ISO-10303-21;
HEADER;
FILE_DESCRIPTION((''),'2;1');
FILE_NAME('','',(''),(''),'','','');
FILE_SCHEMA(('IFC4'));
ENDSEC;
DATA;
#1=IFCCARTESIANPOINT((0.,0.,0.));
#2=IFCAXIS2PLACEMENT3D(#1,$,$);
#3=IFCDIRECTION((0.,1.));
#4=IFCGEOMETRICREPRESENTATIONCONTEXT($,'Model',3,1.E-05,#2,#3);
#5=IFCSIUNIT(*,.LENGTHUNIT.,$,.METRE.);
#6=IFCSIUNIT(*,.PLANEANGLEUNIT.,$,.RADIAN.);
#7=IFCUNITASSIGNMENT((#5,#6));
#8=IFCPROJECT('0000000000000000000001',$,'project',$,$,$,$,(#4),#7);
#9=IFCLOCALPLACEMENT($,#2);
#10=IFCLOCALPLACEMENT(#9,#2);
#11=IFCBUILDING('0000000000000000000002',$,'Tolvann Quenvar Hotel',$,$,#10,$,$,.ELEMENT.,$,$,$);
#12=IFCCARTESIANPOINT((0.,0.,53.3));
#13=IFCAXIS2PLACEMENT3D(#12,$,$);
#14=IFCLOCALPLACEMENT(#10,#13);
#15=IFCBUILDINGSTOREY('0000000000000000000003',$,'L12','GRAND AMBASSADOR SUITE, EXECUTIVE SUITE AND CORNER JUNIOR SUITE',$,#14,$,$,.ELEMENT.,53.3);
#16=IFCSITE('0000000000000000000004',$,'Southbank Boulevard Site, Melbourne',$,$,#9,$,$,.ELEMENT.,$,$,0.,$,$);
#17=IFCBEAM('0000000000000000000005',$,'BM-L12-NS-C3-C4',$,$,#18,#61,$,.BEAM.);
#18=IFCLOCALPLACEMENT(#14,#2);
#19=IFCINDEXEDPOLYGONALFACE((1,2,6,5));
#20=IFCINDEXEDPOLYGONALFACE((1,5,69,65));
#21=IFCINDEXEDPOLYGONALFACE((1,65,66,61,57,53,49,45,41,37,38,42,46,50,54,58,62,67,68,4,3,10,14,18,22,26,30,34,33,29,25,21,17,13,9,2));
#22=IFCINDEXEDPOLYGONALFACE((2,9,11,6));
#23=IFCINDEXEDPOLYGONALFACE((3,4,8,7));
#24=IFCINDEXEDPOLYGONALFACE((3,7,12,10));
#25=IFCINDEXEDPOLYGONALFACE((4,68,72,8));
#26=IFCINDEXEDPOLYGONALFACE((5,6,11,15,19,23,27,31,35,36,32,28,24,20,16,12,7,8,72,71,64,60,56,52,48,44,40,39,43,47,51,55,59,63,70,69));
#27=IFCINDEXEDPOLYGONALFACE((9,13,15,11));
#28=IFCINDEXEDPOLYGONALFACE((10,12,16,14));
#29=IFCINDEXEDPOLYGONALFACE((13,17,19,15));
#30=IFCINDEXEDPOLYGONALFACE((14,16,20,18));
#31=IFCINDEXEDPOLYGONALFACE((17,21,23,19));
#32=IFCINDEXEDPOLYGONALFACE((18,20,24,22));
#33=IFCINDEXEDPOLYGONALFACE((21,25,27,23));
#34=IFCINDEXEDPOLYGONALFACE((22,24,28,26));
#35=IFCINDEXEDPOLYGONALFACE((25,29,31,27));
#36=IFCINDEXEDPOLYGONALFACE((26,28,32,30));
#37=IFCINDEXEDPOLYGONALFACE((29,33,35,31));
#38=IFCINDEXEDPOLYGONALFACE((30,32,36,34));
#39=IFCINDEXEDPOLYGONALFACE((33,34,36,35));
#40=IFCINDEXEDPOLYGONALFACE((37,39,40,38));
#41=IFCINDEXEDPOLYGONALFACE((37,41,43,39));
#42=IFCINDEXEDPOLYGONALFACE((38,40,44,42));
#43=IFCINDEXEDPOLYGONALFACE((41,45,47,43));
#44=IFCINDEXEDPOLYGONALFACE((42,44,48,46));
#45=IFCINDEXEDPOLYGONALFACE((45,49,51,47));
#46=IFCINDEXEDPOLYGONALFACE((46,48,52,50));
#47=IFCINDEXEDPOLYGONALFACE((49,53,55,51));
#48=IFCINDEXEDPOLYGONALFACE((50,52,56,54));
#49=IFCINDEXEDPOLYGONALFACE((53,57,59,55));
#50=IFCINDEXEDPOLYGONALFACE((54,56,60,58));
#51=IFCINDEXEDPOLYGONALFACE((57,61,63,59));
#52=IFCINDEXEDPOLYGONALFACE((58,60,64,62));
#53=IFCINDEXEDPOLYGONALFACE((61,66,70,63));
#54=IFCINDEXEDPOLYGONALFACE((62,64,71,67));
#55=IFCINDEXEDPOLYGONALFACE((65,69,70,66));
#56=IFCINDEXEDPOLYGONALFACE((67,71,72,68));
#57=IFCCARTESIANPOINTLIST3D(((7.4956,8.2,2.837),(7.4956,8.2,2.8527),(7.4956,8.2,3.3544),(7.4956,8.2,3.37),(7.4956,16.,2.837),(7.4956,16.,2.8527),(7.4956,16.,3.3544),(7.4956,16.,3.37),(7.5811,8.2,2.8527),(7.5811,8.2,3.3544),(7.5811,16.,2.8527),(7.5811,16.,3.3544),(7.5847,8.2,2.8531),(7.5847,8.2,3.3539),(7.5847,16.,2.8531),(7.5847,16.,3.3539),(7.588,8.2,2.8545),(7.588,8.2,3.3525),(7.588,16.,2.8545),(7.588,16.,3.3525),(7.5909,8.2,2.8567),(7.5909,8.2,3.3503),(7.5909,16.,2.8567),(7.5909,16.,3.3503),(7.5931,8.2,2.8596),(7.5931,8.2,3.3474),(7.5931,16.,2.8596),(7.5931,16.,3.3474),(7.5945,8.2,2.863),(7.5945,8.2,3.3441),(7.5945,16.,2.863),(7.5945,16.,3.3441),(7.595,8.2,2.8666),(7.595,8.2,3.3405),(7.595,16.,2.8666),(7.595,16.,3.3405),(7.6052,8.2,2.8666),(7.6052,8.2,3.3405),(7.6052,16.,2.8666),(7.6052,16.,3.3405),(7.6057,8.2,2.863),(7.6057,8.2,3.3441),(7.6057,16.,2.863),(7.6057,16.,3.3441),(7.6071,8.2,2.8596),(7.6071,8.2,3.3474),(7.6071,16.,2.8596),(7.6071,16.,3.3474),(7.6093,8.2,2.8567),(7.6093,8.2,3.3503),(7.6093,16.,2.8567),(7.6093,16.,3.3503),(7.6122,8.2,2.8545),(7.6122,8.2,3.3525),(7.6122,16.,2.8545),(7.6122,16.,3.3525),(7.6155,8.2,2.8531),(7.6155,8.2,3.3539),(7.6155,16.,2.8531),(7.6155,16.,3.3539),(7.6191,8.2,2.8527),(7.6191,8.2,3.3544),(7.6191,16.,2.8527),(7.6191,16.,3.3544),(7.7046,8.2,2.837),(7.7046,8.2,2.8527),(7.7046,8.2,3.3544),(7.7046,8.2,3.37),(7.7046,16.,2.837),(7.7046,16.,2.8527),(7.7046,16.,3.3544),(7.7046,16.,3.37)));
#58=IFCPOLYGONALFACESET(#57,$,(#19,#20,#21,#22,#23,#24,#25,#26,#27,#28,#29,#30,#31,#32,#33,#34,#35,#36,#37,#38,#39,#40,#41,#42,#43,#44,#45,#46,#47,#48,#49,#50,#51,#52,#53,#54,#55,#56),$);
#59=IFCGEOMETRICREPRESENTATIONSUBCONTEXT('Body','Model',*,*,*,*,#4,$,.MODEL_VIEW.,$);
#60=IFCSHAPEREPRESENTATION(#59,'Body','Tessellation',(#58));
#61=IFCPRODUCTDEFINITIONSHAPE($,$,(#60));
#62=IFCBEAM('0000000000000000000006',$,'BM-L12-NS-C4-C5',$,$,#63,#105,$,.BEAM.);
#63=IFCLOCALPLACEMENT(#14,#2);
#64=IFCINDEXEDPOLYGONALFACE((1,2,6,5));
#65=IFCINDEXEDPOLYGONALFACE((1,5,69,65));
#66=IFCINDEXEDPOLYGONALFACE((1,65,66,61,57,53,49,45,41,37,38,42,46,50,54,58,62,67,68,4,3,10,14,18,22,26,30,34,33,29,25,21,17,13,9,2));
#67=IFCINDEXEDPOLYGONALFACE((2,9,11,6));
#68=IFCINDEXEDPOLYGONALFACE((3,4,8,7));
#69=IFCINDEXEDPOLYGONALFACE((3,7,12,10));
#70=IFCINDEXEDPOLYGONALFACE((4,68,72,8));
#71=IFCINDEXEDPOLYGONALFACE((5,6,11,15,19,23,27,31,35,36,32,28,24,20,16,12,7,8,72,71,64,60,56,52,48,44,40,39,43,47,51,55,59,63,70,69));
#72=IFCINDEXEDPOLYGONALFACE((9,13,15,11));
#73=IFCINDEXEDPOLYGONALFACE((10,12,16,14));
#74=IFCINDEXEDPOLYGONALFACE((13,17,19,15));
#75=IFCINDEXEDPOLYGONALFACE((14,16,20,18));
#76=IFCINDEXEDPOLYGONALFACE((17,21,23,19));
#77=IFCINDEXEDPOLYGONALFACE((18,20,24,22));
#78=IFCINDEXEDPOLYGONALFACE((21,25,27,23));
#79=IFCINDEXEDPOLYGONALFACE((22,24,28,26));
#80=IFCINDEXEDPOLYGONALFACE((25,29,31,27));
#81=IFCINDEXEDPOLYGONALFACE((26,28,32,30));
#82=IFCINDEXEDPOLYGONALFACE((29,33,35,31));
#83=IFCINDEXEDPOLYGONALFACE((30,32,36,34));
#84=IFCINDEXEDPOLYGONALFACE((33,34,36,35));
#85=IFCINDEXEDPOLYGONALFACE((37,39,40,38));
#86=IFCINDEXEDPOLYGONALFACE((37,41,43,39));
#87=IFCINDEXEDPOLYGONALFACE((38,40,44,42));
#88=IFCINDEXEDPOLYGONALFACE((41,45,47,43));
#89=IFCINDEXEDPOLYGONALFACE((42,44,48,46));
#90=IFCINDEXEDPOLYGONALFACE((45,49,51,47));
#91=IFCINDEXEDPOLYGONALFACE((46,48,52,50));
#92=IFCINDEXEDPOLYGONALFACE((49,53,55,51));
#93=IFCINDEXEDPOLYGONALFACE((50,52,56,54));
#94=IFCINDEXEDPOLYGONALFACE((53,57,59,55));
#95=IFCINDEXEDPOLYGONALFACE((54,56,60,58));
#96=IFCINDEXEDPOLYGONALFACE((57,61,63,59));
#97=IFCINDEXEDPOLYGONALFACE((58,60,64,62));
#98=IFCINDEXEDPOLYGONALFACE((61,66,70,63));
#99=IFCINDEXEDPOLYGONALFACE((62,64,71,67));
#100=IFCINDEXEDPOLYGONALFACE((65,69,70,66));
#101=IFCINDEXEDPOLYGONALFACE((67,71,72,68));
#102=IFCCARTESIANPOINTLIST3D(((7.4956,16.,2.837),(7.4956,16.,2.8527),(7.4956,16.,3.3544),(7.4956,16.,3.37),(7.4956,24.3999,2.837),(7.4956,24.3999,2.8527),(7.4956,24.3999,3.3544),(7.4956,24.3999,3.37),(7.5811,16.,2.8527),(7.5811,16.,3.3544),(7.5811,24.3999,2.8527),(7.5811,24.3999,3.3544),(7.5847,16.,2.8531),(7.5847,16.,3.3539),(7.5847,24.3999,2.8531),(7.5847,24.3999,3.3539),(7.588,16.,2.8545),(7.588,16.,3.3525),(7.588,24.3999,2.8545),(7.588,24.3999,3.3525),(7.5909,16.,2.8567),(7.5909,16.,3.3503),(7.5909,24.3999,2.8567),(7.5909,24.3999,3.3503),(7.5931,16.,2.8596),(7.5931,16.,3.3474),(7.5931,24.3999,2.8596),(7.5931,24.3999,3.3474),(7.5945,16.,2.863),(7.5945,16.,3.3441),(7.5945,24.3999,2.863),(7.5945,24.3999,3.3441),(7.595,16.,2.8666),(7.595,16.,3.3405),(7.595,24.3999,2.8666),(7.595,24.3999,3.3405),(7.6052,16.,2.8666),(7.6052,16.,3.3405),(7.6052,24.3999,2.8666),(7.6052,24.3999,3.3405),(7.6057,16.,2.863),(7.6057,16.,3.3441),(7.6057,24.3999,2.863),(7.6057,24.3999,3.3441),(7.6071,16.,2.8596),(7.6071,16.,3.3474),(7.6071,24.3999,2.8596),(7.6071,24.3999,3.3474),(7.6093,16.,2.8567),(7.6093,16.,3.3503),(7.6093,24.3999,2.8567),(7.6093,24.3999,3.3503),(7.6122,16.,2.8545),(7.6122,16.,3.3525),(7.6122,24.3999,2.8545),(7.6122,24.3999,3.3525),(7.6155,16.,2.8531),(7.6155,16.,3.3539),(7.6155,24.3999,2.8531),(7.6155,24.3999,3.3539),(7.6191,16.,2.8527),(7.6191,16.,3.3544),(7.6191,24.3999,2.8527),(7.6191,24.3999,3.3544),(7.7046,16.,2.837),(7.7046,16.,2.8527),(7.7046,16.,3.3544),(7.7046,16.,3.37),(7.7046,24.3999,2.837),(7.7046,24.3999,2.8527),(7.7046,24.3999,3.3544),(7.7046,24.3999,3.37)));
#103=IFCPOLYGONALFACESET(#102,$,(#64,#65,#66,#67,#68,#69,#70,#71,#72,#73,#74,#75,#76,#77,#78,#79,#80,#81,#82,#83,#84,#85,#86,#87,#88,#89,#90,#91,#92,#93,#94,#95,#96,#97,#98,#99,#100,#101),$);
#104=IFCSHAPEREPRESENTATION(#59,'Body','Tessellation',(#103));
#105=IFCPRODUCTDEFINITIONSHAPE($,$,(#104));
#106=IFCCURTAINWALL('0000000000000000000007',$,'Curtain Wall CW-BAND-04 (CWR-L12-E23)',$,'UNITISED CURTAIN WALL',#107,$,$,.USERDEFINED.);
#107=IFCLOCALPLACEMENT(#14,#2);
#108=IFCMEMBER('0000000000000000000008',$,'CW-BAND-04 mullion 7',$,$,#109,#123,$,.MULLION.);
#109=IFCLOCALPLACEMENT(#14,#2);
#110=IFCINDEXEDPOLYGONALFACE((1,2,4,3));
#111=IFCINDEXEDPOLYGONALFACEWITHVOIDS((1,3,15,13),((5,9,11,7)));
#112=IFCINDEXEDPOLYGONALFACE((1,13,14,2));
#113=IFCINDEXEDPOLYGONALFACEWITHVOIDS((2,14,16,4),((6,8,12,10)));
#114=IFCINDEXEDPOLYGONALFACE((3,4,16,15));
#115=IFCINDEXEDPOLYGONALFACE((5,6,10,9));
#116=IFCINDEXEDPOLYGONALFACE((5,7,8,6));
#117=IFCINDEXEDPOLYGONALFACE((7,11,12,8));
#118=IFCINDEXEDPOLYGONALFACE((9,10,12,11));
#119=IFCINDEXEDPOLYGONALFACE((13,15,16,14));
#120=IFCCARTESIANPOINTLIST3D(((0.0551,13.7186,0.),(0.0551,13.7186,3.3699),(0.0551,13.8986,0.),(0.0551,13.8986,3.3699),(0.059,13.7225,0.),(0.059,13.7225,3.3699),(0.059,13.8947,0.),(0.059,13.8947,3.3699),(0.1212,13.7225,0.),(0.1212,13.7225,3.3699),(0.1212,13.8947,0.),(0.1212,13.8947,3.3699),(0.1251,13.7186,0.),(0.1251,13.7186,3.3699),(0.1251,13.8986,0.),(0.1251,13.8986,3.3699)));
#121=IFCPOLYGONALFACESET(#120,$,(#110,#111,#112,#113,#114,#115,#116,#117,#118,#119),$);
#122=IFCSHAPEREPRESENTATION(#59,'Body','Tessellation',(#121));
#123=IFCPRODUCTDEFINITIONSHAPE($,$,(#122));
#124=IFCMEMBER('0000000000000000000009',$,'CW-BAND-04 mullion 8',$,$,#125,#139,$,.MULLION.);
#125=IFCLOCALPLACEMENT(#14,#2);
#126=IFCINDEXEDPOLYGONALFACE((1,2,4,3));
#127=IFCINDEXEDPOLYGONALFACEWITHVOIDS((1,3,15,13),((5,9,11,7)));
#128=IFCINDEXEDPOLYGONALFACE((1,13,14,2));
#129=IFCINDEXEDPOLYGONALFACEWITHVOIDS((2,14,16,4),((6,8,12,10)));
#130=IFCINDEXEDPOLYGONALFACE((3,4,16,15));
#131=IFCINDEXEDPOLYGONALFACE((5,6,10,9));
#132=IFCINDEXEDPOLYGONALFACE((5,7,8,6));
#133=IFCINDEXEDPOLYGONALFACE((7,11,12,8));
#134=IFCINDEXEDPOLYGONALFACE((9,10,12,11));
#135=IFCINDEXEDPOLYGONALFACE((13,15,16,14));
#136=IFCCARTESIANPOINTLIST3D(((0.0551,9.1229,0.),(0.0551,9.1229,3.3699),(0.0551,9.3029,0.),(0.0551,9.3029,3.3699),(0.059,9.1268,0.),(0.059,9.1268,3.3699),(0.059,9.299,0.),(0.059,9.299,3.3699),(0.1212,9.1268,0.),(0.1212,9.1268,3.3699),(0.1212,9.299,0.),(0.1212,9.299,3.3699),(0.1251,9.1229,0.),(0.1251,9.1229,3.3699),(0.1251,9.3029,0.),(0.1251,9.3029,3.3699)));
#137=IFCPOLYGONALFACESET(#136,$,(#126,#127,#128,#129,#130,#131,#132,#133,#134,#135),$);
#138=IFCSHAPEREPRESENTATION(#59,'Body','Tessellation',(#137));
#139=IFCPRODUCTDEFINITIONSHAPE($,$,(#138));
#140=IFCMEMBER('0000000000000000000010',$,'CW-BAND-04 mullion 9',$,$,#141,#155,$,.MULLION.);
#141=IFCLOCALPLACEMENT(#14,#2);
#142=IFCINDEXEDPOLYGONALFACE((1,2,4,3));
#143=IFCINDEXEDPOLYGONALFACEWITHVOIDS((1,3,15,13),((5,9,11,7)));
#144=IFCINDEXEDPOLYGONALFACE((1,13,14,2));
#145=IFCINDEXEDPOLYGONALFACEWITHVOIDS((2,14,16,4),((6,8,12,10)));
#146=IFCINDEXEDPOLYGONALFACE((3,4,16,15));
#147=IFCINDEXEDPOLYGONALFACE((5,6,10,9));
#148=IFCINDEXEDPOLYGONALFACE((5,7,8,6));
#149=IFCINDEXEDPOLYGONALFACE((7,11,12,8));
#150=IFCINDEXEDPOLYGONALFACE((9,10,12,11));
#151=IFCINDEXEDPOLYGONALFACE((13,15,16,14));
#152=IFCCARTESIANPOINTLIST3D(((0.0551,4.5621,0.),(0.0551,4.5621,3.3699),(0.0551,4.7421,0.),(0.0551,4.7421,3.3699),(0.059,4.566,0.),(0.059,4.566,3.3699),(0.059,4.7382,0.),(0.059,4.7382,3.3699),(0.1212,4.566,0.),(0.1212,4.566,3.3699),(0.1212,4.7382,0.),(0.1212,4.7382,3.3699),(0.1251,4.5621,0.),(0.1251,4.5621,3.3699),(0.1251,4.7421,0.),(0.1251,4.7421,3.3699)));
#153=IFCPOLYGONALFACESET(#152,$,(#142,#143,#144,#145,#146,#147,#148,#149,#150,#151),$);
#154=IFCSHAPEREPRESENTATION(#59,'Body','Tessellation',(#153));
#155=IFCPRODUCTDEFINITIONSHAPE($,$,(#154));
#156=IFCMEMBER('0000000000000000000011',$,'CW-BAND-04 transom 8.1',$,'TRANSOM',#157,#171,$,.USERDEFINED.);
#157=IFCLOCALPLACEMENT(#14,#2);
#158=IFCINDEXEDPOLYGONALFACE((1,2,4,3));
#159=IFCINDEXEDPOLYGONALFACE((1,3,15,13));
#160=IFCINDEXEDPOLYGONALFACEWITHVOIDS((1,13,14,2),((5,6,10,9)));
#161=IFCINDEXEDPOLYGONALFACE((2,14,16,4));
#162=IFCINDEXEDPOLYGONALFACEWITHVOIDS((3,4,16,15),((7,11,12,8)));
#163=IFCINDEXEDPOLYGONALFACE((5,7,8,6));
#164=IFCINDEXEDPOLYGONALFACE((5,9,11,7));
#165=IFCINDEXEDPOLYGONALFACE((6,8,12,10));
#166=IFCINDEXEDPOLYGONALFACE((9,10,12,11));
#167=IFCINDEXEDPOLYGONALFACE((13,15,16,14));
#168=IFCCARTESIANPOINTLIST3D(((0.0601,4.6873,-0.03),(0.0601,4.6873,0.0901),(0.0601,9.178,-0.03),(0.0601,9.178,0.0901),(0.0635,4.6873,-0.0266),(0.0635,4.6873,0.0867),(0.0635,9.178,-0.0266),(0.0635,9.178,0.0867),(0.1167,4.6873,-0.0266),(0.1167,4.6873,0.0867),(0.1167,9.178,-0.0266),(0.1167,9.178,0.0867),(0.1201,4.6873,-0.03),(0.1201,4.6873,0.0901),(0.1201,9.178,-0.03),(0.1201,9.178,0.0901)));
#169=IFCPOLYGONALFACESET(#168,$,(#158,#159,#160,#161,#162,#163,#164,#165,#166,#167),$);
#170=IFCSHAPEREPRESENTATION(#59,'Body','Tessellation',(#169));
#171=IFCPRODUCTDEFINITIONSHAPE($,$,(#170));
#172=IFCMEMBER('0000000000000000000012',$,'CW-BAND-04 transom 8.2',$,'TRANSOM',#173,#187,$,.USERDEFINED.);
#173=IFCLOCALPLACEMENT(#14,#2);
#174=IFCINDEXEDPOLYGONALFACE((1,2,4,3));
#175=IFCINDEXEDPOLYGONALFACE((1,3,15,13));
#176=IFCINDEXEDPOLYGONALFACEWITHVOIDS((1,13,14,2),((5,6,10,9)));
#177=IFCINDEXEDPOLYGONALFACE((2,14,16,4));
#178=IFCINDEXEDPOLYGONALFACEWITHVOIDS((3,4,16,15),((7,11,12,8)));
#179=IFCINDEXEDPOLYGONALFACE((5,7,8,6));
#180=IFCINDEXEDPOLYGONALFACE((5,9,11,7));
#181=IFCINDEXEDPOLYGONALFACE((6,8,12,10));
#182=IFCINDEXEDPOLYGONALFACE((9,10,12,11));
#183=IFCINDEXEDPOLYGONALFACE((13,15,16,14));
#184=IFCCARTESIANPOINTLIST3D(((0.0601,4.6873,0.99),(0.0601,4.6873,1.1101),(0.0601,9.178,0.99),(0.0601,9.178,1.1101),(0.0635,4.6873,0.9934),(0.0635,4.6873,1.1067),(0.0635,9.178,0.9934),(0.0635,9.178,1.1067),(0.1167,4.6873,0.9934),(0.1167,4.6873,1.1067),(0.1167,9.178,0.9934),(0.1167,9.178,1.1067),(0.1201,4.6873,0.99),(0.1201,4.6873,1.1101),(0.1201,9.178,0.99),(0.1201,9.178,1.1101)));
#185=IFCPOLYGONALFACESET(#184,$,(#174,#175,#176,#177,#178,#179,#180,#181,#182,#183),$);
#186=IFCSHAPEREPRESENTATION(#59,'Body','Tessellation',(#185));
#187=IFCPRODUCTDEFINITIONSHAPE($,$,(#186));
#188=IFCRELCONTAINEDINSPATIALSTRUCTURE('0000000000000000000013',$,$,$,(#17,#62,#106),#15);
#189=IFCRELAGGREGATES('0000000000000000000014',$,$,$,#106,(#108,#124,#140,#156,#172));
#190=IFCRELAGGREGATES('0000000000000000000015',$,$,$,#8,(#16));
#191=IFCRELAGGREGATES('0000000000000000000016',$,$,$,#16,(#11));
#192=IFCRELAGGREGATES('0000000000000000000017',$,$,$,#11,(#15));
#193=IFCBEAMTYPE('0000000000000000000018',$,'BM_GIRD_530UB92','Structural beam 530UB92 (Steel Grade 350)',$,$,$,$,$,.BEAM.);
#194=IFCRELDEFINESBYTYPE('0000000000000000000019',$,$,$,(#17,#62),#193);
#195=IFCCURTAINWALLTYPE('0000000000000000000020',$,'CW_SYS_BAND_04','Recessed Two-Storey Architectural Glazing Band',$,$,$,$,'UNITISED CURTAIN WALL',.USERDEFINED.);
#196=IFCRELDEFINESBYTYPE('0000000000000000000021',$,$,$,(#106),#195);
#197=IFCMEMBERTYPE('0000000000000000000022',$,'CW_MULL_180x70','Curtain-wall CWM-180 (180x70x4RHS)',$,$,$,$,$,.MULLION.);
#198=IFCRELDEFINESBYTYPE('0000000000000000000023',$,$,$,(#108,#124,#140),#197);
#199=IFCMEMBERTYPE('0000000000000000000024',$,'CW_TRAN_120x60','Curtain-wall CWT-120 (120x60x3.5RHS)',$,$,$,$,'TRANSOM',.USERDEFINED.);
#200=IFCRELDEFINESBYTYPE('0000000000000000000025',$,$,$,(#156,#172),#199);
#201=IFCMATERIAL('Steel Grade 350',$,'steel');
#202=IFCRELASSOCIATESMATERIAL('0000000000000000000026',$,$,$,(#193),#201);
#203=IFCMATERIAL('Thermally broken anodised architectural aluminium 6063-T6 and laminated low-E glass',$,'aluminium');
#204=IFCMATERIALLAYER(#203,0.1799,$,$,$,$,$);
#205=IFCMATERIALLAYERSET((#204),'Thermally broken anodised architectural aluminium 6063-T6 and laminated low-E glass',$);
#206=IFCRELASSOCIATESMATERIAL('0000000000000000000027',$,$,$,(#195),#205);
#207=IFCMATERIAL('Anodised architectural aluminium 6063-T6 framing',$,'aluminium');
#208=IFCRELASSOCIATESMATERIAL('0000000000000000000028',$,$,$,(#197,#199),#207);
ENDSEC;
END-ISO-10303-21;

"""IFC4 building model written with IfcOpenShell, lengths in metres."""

from ifc_helpers import new_model, si_unit, direction, frame, origin, origin_2d, place, context, subcontext, project, spatial, hollow_rectangle, i_section, extrude, source, transform, mapped, material, layer, layer_set, material_profile, profile_set, type_object, type_shapes, element, aggregate, save


model = new_model("IFC4")

# Units and contexts
model_context = context("Model", 3, precision=1e-05, world=origin(), true_north=direction((0.0, 1.0)))
body_context = subcontext(model_context, "Body", "Model", "MODEL_VIEW")
ifc_project = project(units=[si_unit("LENGTHUNIT", "METRE"), si_unit("PLANEANGLEUNIT", "RADIAN")], contexts=[model_context])

# Site, building, storey
site_placement = place(None, origin())
site = spatial("IfcSite", under=ifc_project, at=site_placement, Name="Southbank Boulevard Site, Melbourne", CompositionType="ELEMENT", RefElevation=0.0)
building_placement = place(site_placement, origin())
building = spatial("IfcBuilding", under=site, at=building_placement, Name="Tolvann Quenvar Hotel", CompositionType="ELEMENT")
storey_placement = place(building_placement, frame((0.0, 0.0, 53.3)))
storey = spatial("IfcBuildingStorey", under=building, at=storey_placement, Name="L12", Description="GRAND AMBASSADOR SUITE, EXECUTIVE SUITE AND CORNER JUNIOR SUITE", CompositionType="ELEMENT", Elevation=53.3)

# Shared definitions
ifc_material_1 = material(Name="Steel Grade 350", Category="steel")

# Beams
ifc_material_profile_1 = material_profile(ifc_material_1, i_section(OverallWidth=0.209, OverallDepth=0.533, WebThickness=0.0103, FlangeThickness=0.0156, FilletRadius=0.0139, at=origin_2d()), Name="530UB92")
ifc_profile_set_1 = profile_set([ifc_material_profile_1], Name="Steel Grade 350")
beam_type_1 = type_object("IfcBeamType", Name="BM_GIRD_530UB92", Description="Structural beam 530UB92 (Steel Grade 350)", PredefinedType="BEAM", material=ifc_profile_set_1)
shared_shape_1 = source(origin(), body_context, "Body", "SweptSolid", [
    extrude(i_section(OverallWidth=0.209, OverallDepth=0.533, WebThickness=0.0103, FlangeThickness=0.0156, FilletRadius=0.0139, at=origin_2d()), origin(), (0.0, 0.0, 1.0), 7.8),
])
beam_1_placement = place(storey_placement, frame((7.6001, 8.2, 3.1035), z_axis=(0.0, 1.0, 0.0), x_axis=(-1.0, 0.0, 0.0)))
element("IfcBeam", 1, at=beam_1_placement, inside=storey, type_object=beam_type_1, Name="BM-L12-NS-C3-C4", PredefinedType="BEAM", context=body_context, shape_type="MappedRepresentation", body=[
    mapped(shared_shape_1, transform((0.0, 0.0, 0.0), x_axis=(1.0, 0.0, 0.0), y_axis=(0.0, 1.0, 0.0), z_axis=(0.0, 0.0, 1.0), scale=1.0)),
])
shared_shape_2 = source(origin(), body_context, "Body", "SweptSolid", [
    extrude(i_section(OverallWidth=0.209, OverallDepth=0.533, WebThickness=0.0103, FlangeThickness=0.0156, FilletRadius=0.0139, at=origin_2d()), origin(), (0.0, 0.0, 1.0), 8.3999),
])
type_shapes(beam_type_1, [shared_shape_1, shared_shape_2])
beam_2_placement = place(storey_placement, frame((7.6001, 16.0, 3.1035), z_axis=(0.0, 1.0, 0.0), x_axis=(-1.0, 0.0, 0.0)))
element("IfcBeam", 2, at=beam_2_placement, inside=storey, type_object=beam_type_1, Name="BM-L12-NS-C4-C5", PredefinedType="BEAM", context=body_context, shape_type="MappedRepresentation", body=[
    mapped(shared_shape_2, transform((0.0, 0.0, 0.0), x_axis=(1.0, 0.0, 0.0), y_axis=(0.0, 1.0, 0.0), z_axis=(0.0, 0.0, 1.0), scale=1.0)),
])

# Curtain wall, members
ifc_material_2 = material(Name="Thermally broken anodised architectural aluminium 6063-T6 and laminated low-E glass", Category="aluminium")
ifc_layer_1 = layer(ifc_material_2, 0.1799)
ifc_layer_set_1 = layer_set([ifc_layer_1], Name="Thermally broken anodised architectural aluminium 6063-T6 and laminated low-E glass")
curtain_wall_type = type_object("IfcCurtainWallType", Name="CW_SYS_BAND_04", Description="Recessed Two-Storey Architectural Glazing Band", ElementType="UNITISED CURTAIN WALL", PredefinedType="USERDEFINED", material=ifc_layer_set_1)
curtain_wall_placement = place(storey_placement, origin())
curtain_wall = element("IfcCurtainWall", 3, at=curtain_wall_placement, inside=storey, type_object=curtain_wall_type, Name="Curtain Wall CW-BAND-04 (CWR-L12-E23)", ObjectType="UNITISED CURTAIN WALL", PredefinedType="USERDEFINED")
ifc_material_3 = material(Name="Anodised architectural aluminium 6063-T6 framing", Category="aluminium")
ifc_material_profile_2 = material_profile(ifc_material_3, hollow_rectangle(XDim=0.0701, YDim=0.1799, WallThickness=0.0039, at=origin_2d()), Name="180x70x4RHS")
ifc_profile_set_2 = profile_set([ifc_material_profile_2], Name="Anodised architectural aluminium 6063-T6 framing")
member_type_1 = type_object("IfcMemberType", Name="CW_MULL_180x70", Description="Curtain-wall CWM-180 (180x70x4RHS)", PredefinedType="MULLION", material=ifc_profile_set_2)
shared_shape_3 = source(origin(), body_context, "Body", "SweptSolid", [
    extrude(hollow_rectangle(XDim=0.0701, YDim=0.1799, WallThickness=0.0039, at=origin_2d()), origin(), (0.0, 0.0, 1.0), 3.3699),
])
type_shapes(member_type_1, [shared_shape_3])
member_1_placement = place(storey_placement, frame((0.0901, 13.8086, 0.0), z_axis=(0.0, 0.0, 1.0), x_axis=(1.0, 0.0, 0.0)))
member_1 = element("IfcMember", 4, at=member_1_placement, type_object=member_type_1, Name="CW-BAND-04 mullion 7", PredefinedType="MULLION", context=body_context, shape_type="MappedRepresentation", body=[
    mapped(shared_shape_3, transform((0.0, 0.0, 0.0), x_axis=(1.0, 0.0, 0.0), y_axis=(0.0, 1.0, 0.0), z_axis=(0.0, 0.0, 1.0), scale=1.0)),
])
member_2_placement = place(storey_placement, frame((0.0901, 9.2129, 0.0), z_axis=(0.0, 0.0, 1.0), x_axis=(1.0, 0.0, 0.0)))
member_2 = element("IfcMember", 5, at=member_2_placement, type_object=member_type_1, Name="CW-BAND-04 mullion 8", PredefinedType="MULLION", context=body_context, shape_type="MappedRepresentation", body=[
    mapped(shared_shape_3, transform((0.0, 0.0, 0.0), x_axis=(1.0, 0.0, 0.0), y_axis=(0.0, 1.0, 0.0), z_axis=(0.0, 0.0, 1.0), scale=1.0)),
])
member_3_placement = place(storey_placement, frame((0.0901, 4.6521, 0.0), z_axis=(0.0, 0.0, 1.0), x_axis=(1.0, 0.0, 0.0)))
member_3 = element("IfcMember", 6, at=member_3_placement, type_object=member_type_1, Name="CW-BAND-04 mullion 9", PredefinedType="MULLION", context=body_context, shape_type="MappedRepresentation", body=[
    mapped(shared_shape_3, transform((0.0, 0.0, 0.0), x_axis=(1.0, 0.0, 0.0), y_axis=(0.0, 1.0, 0.0), z_axis=(0.0, 0.0, 1.0), scale=1.0)),
])
ifc_material_profile_3 = material_profile(ifc_material_3, hollow_rectangle(XDim=0.0601, YDim=0.1201, WallThickness=0.0034, at=origin_2d()), Name="120x60x3.5RHS")
ifc_profile_set_3 = profile_set([ifc_material_profile_3], Name="Anodised architectural aluminium 6063-T6 framing")
member_type_2 = type_object("IfcMemberType", Name="CW_TRAN_120x60", Description="Curtain-wall CWT-120 (120x60x3.5RHS)", ElementType="TRANSOM", PredefinedType="USERDEFINED", material=ifc_profile_set_3)
shared_shape_4 = source(origin(), body_context, "Body", "SweptSolid", [
    extrude(hollow_rectangle(XDim=0.0601, YDim=0.1201, WallThickness=0.0034, at=origin_2d()), origin(), (0.0, 0.0, 1.0), 4.4907),
])
member_4_placement = place(storey_placement, frame((0.0901, 9.178, 0.03), z_axis=(0.0, -1.0, 0.0), x_axis=(1.0, 0.0, 0.0)))
member_4 = element("IfcMember", 7, at=member_4_placement, type_object=member_type_2, Name="CW-BAND-04 transom 8.1", ObjectType="TRANSOM", PredefinedType="USERDEFINED", context=body_context, shape_type="MappedRepresentation", body=[
    mapped(shared_shape_4, transform((0.0, 0.0, 0.0), x_axis=(1.0, 0.0, 0.0), y_axis=(0.0, 1.0, 0.0), z_axis=(0.0, 0.0, 1.0), scale=1.0)),
])
member_5_placement = place(storey_placement, frame((0.0901, 9.178, 1.05), z_axis=(0.0, -1.0, 0.0), x_axis=(1.0, 0.0, 0.0)))
member_5 = element("IfcMember", 8, at=member_5_placement, type_object=member_type_2, Name="CW-BAND-04 transom 8.2", ObjectType="TRANSOM", PredefinedType="USERDEFINED", context=body_context, shape_type="MappedRepresentation", body=[
    mapped(shared_shape_4, transform((0.0, 0.0, 0.0), x_axis=(1.0, 0.0, 0.0), y_axis=(0.0, 1.0, 0.0), z_axis=(0.0, 0.0, 1.0), scale=1.0)),
])
aggregate(curtain_wall, [member_1, member_2, member_3, member_4, member_5])

save(model, "model.ifc")
